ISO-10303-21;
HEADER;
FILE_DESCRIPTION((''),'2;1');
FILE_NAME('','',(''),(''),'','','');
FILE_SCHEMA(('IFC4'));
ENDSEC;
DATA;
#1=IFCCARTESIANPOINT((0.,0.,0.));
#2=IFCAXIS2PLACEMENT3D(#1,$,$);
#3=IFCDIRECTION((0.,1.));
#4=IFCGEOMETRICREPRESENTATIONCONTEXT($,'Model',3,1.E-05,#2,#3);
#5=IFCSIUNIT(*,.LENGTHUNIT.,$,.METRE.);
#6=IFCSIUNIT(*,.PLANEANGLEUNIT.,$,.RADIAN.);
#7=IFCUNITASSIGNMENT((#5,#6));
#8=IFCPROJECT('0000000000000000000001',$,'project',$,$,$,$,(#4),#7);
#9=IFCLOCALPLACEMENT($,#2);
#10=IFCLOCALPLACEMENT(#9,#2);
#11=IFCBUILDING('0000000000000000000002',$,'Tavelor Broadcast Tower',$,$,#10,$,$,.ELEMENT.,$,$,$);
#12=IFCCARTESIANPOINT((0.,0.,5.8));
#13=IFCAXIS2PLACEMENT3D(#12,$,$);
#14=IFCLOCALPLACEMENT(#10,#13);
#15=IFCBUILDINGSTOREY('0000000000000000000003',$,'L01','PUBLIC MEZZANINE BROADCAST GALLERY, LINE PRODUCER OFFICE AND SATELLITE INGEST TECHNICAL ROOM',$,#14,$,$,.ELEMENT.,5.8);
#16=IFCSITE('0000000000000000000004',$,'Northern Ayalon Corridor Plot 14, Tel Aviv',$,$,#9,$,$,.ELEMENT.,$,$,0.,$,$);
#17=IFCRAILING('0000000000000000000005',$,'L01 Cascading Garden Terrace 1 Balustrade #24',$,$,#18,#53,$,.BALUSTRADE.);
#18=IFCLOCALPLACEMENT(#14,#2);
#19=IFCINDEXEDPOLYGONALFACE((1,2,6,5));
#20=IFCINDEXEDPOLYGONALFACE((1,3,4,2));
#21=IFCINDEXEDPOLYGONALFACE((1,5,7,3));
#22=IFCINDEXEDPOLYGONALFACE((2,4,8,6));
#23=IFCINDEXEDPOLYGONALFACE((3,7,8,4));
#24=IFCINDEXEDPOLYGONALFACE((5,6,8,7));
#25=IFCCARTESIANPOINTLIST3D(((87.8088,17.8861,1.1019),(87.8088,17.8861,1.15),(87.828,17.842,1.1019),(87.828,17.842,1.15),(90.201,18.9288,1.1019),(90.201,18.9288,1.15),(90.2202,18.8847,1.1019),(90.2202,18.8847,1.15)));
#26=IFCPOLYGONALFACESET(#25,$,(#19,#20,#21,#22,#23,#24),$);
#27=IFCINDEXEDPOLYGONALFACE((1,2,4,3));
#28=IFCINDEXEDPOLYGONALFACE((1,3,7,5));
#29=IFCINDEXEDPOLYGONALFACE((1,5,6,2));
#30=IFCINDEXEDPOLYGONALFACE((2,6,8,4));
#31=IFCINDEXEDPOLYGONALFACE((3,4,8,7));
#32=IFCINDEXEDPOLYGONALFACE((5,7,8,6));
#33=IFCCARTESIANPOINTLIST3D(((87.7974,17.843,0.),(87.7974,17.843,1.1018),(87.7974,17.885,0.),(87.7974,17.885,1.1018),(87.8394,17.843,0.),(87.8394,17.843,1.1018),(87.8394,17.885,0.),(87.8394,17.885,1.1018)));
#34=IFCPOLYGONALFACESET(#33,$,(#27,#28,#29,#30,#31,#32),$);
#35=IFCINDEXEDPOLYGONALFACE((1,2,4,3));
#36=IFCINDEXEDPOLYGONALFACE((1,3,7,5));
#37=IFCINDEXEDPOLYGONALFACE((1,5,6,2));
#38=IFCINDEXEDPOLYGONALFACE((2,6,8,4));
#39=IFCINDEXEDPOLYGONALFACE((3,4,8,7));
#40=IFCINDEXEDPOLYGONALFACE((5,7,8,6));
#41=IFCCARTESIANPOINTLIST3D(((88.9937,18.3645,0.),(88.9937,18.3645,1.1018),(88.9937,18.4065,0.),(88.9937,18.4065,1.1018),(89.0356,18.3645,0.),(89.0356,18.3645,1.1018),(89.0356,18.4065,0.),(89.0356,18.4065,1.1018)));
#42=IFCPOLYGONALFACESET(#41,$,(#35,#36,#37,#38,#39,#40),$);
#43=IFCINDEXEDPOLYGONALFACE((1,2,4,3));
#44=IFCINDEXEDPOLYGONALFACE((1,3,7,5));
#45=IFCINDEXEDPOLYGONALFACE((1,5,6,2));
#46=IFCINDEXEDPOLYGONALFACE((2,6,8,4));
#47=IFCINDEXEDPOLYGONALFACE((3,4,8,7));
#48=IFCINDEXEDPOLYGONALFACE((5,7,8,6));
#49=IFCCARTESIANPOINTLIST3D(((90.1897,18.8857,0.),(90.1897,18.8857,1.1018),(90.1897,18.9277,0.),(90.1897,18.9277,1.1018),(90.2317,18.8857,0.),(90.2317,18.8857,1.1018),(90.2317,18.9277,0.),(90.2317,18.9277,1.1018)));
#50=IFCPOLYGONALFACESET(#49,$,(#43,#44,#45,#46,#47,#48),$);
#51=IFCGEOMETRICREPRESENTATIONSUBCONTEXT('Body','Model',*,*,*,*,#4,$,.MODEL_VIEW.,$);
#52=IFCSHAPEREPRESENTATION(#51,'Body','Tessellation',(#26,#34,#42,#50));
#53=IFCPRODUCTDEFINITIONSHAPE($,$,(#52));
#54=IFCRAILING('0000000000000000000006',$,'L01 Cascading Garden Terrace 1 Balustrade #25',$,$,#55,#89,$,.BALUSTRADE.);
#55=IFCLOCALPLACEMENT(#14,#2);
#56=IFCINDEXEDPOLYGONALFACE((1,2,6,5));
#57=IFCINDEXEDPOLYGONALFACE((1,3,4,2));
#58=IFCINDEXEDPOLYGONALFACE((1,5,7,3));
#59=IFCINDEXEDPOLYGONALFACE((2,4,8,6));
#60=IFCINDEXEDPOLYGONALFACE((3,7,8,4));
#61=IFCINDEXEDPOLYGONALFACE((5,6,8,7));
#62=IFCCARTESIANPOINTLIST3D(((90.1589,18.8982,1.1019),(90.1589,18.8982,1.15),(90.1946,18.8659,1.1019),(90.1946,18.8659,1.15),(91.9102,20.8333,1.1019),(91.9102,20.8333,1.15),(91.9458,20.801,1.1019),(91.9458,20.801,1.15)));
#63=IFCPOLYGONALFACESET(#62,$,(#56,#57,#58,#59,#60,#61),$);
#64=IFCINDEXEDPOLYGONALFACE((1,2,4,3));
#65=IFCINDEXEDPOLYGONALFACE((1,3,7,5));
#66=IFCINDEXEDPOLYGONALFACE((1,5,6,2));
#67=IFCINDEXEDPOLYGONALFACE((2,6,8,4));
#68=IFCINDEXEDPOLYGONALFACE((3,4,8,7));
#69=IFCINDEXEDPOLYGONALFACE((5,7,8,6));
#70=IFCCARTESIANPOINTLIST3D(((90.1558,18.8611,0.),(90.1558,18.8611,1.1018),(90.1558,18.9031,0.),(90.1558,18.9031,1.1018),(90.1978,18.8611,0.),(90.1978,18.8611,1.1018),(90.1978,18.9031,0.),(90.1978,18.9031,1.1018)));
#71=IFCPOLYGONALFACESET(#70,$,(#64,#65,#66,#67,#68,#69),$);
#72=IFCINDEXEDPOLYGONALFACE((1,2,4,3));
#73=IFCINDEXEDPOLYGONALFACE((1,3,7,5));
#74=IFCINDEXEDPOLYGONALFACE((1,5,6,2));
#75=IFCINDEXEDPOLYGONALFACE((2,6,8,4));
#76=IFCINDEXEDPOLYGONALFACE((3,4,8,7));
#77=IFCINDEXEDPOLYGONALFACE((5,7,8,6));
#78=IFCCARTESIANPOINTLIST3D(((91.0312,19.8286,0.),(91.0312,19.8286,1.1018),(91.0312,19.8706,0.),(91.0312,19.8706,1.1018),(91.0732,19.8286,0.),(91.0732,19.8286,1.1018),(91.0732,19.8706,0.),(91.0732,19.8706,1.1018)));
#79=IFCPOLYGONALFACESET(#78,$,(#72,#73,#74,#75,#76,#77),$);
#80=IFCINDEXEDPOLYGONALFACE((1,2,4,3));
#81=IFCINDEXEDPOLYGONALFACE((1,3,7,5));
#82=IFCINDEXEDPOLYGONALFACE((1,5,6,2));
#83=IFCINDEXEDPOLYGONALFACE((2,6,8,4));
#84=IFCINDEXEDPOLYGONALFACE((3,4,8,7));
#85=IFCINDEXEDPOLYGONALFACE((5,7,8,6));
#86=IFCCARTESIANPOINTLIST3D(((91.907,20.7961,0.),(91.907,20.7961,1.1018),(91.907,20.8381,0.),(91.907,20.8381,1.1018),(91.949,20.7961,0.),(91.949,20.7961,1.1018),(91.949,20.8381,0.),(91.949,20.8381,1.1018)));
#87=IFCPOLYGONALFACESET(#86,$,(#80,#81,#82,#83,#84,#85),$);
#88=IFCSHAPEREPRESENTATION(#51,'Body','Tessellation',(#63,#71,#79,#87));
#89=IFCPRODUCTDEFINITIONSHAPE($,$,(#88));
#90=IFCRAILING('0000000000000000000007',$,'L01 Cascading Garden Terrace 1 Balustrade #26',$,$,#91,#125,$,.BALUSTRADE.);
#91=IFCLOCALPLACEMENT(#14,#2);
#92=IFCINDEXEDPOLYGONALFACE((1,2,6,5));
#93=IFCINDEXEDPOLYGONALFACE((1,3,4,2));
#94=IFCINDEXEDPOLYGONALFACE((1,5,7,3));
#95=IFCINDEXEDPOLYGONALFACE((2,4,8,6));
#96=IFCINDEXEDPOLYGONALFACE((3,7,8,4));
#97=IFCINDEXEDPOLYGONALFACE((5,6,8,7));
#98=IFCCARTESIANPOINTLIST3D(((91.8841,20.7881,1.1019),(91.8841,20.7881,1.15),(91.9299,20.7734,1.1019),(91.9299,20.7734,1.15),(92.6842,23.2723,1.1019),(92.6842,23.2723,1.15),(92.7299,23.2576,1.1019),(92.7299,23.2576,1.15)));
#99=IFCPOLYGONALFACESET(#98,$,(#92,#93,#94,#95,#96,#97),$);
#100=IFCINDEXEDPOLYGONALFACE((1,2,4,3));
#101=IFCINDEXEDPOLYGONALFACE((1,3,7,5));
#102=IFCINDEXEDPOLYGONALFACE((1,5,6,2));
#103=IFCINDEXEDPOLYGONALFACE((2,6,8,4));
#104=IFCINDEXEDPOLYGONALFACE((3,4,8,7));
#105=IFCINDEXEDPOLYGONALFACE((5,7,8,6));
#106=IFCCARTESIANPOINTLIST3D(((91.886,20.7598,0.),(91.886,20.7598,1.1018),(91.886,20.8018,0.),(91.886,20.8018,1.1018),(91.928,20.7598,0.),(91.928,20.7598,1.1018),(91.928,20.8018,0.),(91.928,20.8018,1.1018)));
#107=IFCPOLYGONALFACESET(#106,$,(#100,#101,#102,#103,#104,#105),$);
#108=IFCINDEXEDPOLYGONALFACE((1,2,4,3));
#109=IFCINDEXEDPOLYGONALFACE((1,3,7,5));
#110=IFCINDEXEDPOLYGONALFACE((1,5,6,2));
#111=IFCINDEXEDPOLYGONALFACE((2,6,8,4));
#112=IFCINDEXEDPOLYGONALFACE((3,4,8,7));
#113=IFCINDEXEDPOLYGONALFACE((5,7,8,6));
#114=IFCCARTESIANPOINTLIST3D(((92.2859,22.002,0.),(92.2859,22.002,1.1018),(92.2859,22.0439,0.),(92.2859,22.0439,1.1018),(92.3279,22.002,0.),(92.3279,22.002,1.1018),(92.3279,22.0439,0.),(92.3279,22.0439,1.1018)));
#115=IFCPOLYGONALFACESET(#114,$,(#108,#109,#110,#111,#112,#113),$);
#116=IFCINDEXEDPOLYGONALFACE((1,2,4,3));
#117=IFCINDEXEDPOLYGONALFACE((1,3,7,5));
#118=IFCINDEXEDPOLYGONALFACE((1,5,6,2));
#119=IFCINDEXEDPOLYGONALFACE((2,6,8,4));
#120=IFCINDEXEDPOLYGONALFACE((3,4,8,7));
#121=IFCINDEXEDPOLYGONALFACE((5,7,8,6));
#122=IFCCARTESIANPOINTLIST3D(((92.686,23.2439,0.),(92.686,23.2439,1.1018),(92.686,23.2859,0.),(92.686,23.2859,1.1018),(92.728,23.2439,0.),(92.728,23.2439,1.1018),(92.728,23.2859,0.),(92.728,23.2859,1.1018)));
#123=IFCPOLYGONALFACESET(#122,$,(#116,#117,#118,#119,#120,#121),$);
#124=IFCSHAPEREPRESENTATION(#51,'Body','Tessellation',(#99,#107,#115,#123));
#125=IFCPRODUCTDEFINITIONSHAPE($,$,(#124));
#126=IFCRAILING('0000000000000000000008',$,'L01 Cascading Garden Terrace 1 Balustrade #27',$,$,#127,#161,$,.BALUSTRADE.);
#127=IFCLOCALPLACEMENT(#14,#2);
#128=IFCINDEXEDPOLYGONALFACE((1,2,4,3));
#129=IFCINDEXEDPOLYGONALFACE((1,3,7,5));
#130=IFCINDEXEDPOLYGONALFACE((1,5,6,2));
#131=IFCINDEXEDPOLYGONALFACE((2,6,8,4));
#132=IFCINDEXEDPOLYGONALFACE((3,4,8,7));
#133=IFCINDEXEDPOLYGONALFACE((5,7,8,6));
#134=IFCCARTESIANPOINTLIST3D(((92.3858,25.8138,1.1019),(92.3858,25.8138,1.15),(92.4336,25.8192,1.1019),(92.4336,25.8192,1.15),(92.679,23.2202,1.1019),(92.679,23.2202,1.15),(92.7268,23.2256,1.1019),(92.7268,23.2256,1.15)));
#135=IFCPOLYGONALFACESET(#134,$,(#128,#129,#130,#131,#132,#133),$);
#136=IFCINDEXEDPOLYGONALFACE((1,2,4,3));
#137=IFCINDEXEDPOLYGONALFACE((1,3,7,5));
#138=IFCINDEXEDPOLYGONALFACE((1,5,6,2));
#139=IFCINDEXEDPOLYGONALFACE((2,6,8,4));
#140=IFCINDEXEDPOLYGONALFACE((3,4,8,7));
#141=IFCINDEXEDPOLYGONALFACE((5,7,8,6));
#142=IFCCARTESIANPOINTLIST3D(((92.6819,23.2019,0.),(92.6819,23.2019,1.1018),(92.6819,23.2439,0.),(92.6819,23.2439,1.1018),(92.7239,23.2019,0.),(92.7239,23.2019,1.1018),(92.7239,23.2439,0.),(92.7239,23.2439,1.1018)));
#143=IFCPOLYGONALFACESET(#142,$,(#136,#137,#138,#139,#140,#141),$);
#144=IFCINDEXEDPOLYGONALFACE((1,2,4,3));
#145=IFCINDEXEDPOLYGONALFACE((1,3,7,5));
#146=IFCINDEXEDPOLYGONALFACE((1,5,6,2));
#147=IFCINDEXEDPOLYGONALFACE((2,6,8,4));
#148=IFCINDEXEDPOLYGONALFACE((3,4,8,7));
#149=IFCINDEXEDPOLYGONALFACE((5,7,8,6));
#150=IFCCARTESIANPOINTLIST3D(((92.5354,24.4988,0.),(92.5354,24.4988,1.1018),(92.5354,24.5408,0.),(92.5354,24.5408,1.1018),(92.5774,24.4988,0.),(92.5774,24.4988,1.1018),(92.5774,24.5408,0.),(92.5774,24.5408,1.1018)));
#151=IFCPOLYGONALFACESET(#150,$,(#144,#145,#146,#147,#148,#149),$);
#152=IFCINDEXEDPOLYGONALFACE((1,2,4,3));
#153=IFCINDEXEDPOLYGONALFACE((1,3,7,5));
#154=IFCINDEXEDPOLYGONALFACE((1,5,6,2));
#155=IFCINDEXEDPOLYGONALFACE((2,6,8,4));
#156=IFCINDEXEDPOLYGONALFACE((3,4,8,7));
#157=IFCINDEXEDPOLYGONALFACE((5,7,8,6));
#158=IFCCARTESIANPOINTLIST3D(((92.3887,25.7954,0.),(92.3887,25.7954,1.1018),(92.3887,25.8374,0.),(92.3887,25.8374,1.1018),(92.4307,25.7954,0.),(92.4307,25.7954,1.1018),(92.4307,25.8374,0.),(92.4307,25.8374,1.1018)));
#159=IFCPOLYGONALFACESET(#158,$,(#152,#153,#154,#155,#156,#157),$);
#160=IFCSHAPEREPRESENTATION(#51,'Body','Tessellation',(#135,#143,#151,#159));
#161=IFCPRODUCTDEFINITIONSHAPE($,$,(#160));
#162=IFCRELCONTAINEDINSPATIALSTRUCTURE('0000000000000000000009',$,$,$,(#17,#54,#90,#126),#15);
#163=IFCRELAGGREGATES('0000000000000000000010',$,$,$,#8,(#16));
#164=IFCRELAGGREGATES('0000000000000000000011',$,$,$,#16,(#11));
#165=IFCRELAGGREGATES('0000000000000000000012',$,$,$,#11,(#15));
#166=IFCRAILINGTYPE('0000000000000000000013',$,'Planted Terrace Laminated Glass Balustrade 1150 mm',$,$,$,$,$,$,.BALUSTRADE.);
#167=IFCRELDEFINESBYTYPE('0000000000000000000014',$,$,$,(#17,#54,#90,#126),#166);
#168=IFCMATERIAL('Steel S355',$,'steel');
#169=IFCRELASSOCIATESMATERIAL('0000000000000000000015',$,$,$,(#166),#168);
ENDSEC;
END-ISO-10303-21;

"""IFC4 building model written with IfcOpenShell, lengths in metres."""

from ifc_helpers import new_model, si_unit, direction, frame, origin, origin_2d, place, context, subcontext, project, spatial, rectangle, extrude, material, type_object, element, save


model = new_model("IFC4")

# Units and contexts
model_context = context("Model", 3, precision=1e-05, world=origin(), true_north=direction((0.0, 1.0)))
body_context = subcontext(model_context, "Body", "Model", "MODEL_VIEW")
ifc_project = project(units=[si_unit("LENGTHUNIT", "METRE"), si_unit("PLANEANGLEUNIT", "RADIAN")], contexts=[model_context])

# Site, building, storey
site_placement = place(None, origin())
site = spatial("IfcSite", under=ifc_project, at=site_placement, Name="Northern Ayalon Corridor Plot 14, Tel Aviv", CompositionType="ELEMENT", RefElevation=0.0)
building_placement = place(site_placement, origin())
building = spatial("IfcBuilding", under=site, at=building_placement, Name="Tavelor Broadcast Tower", CompositionType="ELEMENT")
storey_placement = place(building_placement, frame((0.0, 0.0, 5.8)))
storey = spatial("IfcBuildingStorey", under=building, at=storey_placement, Name="L01", Description="PUBLIC MEZZANINE BROADCAST GALLERY, LINE PRODUCER OFFICE AND SATELLITE INGEST TECHNICAL ROOM", CompositionType="ELEMENT", Elevation=5.8)

# Railings
ifc_material_1 = material(Name="Steel S355", Category="steel")
railing_type = type_object("IfcRailingType", Name="Planted Terrace Laminated Glass Balustrade 1150 mm", PredefinedType="BALUSTRADE", material=ifc_material_1)
railing_1_placement = place(storey_placement, frame((87.8184, 17.864, 0.0)))
element("IfcRailing", 1, at=railing_1_placement, inside=storey, type_object=railing_type, Name="L01 Cascading Garden Terrace 1 Balustrade #24", PredefinedType="BALUSTRADE", context=body_context, shape_type="SweptSolid", body=[
    extrude(rectangle(XDim=0.0481, YDim=0.0481, at=origin_2d()), frame((0.0, 0.0, 1.126), z_axis=(0.916708, 0.399557, 0.0), x_axis=(-0.399557, 0.916708, 0.0)), (0.0, 0.0, 1.0), 2.6096),
    extrude(rectangle(XDim=0.042, YDim=0.042, at=origin_2d()), origin(), (0.0, 0.0, 1.0), 1.1018),
    extrude(rectangle(XDim=0.042, YDim=0.042, at=origin_2d()), frame((1.1963, 0.5215, 0.0)), (0.0, 0.0, 1.0), 1.1018),
    extrude(rectangle(XDim=0.042, YDim=0.042, at=origin_2d()), frame((2.3923, 1.0427, 0.0)), (0.0, 0.0, 1.0), 1.1018),
])
railing_2_placement = place(storey_placement, frame((90.1768, 18.8821, 0.0)))
element("IfcRailing", 2, at=railing_2_placement, inside=storey, type_object=railing_type, Name="L01 Cascading Garden Terrace 1 Balustrade #25", PredefinedType="BALUSTRADE", context=body_context, shape_type="SweptSolid", body=[
    extrude(rectangle(XDim=0.0481, YDim=0.0481, at=origin_2d()), frame((0.0, 0.0, 1.126), z_axis=(0.671009, 0.741449, 0.0), x_axis=(-0.741449, 0.671009, 0.0)), (0.0, 0.0, 1.0), 2.6099),
    extrude(rectangle(XDim=0.042, YDim=0.042, at=origin_2d()), origin(), (0.0, 0.0, 1.0), 1.1018),
    extrude(rectangle(XDim=0.042, YDim=0.042, at=origin_2d()), frame((0.8755, 0.9675, 0.0)), (0.0, 0.0, 1.0), 1.1018),
    extrude(rectangle(XDim=0.042, YDim=0.042, at=origin_2d()), frame((1.7512, 1.9351, 0.0)), (0.0, 0.0, 1.0), 1.1018),
])
railing_3_placement = place(storey_placement, frame((91.907, 20.7808, 0.0)))
element("IfcRailing", 3, at=railing_3_placement, inside=storey, type_object=railing_type, Name="L01 Cascading Garden Terrace 1 Balustrade #26", PredefinedType="BALUSTRADE", context=body_context, shape_type="SweptSolid", body=[
    extrude(rectangle(XDim=0.0481, YDim=0.0481, at=origin_2d()), frame((0.0, 0.0, 1.126), z_axis=(0.306557, 0.951852, 0.0), x_axis=(-0.951852, 0.306557, 0.0)), (0.0, 0.0, 1.0), 2.6099),
    extrude(rectangle(XDim=0.042, YDim=0.042, at=origin_2d()), origin(), (0.0, 0.0, 1.0), 1.1018),
    extrude(rectangle(XDim=0.042, YDim=0.042, at=origin_2d()), frame((0.3999, 1.2422, 0.0)), (0.0, 0.0, 1.0), 1.1018),
    extrude(rectangle(XDim=0.042, YDim=0.042, at=origin_2d()), frame((0.8, 2.4841, 0.0)), (0.0, 0.0, 1.0), 1.1018),
])
railing_4_placement = place(storey_placement, frame((92.7029, 23.2229, 0.0)))
element("IfcRailing", 4, at=railing_4_placement, inside=storey, type_object=railing_type, Name="L01 Cascading Garden Terrace 1 Balustrade #27", PredefinedType="BALUSTRADE", context=body_context, shape_type="SweptSolid", body=[
    extrude(rectangle(XDim=0.0481, YDim=0.0481, at=origin_2d()), frame((0.0, 0.0, 1.126), z_axis=(-0.112341, 0.99367, 0.0), x_axis=(-0.99367, -0.112341, 0.0)), (0.0, 0.0, 1.0), 2.6101),
    extrude(rectangle(XDim=0.042, YDim=0.042, at=origin_2d()), origin(), (0.0, 0.0, 1.0), 1.1018),
    extrude(rectangle(XDim=0.042, YDim=0.042, at=origin_2d()), frame((-0.1465, 1.2969, 0.0)), (0.0, 0.0, 1.0), 1.1018),
    extrude(rectangle(XDim=0.042, YDim=0.042, at=origin_2d()), frame((-0.2932, 2.5935, 0.0)), (0.0, 0.0, 1.0), 1.1018),
])

save(model, "model.ifc")
